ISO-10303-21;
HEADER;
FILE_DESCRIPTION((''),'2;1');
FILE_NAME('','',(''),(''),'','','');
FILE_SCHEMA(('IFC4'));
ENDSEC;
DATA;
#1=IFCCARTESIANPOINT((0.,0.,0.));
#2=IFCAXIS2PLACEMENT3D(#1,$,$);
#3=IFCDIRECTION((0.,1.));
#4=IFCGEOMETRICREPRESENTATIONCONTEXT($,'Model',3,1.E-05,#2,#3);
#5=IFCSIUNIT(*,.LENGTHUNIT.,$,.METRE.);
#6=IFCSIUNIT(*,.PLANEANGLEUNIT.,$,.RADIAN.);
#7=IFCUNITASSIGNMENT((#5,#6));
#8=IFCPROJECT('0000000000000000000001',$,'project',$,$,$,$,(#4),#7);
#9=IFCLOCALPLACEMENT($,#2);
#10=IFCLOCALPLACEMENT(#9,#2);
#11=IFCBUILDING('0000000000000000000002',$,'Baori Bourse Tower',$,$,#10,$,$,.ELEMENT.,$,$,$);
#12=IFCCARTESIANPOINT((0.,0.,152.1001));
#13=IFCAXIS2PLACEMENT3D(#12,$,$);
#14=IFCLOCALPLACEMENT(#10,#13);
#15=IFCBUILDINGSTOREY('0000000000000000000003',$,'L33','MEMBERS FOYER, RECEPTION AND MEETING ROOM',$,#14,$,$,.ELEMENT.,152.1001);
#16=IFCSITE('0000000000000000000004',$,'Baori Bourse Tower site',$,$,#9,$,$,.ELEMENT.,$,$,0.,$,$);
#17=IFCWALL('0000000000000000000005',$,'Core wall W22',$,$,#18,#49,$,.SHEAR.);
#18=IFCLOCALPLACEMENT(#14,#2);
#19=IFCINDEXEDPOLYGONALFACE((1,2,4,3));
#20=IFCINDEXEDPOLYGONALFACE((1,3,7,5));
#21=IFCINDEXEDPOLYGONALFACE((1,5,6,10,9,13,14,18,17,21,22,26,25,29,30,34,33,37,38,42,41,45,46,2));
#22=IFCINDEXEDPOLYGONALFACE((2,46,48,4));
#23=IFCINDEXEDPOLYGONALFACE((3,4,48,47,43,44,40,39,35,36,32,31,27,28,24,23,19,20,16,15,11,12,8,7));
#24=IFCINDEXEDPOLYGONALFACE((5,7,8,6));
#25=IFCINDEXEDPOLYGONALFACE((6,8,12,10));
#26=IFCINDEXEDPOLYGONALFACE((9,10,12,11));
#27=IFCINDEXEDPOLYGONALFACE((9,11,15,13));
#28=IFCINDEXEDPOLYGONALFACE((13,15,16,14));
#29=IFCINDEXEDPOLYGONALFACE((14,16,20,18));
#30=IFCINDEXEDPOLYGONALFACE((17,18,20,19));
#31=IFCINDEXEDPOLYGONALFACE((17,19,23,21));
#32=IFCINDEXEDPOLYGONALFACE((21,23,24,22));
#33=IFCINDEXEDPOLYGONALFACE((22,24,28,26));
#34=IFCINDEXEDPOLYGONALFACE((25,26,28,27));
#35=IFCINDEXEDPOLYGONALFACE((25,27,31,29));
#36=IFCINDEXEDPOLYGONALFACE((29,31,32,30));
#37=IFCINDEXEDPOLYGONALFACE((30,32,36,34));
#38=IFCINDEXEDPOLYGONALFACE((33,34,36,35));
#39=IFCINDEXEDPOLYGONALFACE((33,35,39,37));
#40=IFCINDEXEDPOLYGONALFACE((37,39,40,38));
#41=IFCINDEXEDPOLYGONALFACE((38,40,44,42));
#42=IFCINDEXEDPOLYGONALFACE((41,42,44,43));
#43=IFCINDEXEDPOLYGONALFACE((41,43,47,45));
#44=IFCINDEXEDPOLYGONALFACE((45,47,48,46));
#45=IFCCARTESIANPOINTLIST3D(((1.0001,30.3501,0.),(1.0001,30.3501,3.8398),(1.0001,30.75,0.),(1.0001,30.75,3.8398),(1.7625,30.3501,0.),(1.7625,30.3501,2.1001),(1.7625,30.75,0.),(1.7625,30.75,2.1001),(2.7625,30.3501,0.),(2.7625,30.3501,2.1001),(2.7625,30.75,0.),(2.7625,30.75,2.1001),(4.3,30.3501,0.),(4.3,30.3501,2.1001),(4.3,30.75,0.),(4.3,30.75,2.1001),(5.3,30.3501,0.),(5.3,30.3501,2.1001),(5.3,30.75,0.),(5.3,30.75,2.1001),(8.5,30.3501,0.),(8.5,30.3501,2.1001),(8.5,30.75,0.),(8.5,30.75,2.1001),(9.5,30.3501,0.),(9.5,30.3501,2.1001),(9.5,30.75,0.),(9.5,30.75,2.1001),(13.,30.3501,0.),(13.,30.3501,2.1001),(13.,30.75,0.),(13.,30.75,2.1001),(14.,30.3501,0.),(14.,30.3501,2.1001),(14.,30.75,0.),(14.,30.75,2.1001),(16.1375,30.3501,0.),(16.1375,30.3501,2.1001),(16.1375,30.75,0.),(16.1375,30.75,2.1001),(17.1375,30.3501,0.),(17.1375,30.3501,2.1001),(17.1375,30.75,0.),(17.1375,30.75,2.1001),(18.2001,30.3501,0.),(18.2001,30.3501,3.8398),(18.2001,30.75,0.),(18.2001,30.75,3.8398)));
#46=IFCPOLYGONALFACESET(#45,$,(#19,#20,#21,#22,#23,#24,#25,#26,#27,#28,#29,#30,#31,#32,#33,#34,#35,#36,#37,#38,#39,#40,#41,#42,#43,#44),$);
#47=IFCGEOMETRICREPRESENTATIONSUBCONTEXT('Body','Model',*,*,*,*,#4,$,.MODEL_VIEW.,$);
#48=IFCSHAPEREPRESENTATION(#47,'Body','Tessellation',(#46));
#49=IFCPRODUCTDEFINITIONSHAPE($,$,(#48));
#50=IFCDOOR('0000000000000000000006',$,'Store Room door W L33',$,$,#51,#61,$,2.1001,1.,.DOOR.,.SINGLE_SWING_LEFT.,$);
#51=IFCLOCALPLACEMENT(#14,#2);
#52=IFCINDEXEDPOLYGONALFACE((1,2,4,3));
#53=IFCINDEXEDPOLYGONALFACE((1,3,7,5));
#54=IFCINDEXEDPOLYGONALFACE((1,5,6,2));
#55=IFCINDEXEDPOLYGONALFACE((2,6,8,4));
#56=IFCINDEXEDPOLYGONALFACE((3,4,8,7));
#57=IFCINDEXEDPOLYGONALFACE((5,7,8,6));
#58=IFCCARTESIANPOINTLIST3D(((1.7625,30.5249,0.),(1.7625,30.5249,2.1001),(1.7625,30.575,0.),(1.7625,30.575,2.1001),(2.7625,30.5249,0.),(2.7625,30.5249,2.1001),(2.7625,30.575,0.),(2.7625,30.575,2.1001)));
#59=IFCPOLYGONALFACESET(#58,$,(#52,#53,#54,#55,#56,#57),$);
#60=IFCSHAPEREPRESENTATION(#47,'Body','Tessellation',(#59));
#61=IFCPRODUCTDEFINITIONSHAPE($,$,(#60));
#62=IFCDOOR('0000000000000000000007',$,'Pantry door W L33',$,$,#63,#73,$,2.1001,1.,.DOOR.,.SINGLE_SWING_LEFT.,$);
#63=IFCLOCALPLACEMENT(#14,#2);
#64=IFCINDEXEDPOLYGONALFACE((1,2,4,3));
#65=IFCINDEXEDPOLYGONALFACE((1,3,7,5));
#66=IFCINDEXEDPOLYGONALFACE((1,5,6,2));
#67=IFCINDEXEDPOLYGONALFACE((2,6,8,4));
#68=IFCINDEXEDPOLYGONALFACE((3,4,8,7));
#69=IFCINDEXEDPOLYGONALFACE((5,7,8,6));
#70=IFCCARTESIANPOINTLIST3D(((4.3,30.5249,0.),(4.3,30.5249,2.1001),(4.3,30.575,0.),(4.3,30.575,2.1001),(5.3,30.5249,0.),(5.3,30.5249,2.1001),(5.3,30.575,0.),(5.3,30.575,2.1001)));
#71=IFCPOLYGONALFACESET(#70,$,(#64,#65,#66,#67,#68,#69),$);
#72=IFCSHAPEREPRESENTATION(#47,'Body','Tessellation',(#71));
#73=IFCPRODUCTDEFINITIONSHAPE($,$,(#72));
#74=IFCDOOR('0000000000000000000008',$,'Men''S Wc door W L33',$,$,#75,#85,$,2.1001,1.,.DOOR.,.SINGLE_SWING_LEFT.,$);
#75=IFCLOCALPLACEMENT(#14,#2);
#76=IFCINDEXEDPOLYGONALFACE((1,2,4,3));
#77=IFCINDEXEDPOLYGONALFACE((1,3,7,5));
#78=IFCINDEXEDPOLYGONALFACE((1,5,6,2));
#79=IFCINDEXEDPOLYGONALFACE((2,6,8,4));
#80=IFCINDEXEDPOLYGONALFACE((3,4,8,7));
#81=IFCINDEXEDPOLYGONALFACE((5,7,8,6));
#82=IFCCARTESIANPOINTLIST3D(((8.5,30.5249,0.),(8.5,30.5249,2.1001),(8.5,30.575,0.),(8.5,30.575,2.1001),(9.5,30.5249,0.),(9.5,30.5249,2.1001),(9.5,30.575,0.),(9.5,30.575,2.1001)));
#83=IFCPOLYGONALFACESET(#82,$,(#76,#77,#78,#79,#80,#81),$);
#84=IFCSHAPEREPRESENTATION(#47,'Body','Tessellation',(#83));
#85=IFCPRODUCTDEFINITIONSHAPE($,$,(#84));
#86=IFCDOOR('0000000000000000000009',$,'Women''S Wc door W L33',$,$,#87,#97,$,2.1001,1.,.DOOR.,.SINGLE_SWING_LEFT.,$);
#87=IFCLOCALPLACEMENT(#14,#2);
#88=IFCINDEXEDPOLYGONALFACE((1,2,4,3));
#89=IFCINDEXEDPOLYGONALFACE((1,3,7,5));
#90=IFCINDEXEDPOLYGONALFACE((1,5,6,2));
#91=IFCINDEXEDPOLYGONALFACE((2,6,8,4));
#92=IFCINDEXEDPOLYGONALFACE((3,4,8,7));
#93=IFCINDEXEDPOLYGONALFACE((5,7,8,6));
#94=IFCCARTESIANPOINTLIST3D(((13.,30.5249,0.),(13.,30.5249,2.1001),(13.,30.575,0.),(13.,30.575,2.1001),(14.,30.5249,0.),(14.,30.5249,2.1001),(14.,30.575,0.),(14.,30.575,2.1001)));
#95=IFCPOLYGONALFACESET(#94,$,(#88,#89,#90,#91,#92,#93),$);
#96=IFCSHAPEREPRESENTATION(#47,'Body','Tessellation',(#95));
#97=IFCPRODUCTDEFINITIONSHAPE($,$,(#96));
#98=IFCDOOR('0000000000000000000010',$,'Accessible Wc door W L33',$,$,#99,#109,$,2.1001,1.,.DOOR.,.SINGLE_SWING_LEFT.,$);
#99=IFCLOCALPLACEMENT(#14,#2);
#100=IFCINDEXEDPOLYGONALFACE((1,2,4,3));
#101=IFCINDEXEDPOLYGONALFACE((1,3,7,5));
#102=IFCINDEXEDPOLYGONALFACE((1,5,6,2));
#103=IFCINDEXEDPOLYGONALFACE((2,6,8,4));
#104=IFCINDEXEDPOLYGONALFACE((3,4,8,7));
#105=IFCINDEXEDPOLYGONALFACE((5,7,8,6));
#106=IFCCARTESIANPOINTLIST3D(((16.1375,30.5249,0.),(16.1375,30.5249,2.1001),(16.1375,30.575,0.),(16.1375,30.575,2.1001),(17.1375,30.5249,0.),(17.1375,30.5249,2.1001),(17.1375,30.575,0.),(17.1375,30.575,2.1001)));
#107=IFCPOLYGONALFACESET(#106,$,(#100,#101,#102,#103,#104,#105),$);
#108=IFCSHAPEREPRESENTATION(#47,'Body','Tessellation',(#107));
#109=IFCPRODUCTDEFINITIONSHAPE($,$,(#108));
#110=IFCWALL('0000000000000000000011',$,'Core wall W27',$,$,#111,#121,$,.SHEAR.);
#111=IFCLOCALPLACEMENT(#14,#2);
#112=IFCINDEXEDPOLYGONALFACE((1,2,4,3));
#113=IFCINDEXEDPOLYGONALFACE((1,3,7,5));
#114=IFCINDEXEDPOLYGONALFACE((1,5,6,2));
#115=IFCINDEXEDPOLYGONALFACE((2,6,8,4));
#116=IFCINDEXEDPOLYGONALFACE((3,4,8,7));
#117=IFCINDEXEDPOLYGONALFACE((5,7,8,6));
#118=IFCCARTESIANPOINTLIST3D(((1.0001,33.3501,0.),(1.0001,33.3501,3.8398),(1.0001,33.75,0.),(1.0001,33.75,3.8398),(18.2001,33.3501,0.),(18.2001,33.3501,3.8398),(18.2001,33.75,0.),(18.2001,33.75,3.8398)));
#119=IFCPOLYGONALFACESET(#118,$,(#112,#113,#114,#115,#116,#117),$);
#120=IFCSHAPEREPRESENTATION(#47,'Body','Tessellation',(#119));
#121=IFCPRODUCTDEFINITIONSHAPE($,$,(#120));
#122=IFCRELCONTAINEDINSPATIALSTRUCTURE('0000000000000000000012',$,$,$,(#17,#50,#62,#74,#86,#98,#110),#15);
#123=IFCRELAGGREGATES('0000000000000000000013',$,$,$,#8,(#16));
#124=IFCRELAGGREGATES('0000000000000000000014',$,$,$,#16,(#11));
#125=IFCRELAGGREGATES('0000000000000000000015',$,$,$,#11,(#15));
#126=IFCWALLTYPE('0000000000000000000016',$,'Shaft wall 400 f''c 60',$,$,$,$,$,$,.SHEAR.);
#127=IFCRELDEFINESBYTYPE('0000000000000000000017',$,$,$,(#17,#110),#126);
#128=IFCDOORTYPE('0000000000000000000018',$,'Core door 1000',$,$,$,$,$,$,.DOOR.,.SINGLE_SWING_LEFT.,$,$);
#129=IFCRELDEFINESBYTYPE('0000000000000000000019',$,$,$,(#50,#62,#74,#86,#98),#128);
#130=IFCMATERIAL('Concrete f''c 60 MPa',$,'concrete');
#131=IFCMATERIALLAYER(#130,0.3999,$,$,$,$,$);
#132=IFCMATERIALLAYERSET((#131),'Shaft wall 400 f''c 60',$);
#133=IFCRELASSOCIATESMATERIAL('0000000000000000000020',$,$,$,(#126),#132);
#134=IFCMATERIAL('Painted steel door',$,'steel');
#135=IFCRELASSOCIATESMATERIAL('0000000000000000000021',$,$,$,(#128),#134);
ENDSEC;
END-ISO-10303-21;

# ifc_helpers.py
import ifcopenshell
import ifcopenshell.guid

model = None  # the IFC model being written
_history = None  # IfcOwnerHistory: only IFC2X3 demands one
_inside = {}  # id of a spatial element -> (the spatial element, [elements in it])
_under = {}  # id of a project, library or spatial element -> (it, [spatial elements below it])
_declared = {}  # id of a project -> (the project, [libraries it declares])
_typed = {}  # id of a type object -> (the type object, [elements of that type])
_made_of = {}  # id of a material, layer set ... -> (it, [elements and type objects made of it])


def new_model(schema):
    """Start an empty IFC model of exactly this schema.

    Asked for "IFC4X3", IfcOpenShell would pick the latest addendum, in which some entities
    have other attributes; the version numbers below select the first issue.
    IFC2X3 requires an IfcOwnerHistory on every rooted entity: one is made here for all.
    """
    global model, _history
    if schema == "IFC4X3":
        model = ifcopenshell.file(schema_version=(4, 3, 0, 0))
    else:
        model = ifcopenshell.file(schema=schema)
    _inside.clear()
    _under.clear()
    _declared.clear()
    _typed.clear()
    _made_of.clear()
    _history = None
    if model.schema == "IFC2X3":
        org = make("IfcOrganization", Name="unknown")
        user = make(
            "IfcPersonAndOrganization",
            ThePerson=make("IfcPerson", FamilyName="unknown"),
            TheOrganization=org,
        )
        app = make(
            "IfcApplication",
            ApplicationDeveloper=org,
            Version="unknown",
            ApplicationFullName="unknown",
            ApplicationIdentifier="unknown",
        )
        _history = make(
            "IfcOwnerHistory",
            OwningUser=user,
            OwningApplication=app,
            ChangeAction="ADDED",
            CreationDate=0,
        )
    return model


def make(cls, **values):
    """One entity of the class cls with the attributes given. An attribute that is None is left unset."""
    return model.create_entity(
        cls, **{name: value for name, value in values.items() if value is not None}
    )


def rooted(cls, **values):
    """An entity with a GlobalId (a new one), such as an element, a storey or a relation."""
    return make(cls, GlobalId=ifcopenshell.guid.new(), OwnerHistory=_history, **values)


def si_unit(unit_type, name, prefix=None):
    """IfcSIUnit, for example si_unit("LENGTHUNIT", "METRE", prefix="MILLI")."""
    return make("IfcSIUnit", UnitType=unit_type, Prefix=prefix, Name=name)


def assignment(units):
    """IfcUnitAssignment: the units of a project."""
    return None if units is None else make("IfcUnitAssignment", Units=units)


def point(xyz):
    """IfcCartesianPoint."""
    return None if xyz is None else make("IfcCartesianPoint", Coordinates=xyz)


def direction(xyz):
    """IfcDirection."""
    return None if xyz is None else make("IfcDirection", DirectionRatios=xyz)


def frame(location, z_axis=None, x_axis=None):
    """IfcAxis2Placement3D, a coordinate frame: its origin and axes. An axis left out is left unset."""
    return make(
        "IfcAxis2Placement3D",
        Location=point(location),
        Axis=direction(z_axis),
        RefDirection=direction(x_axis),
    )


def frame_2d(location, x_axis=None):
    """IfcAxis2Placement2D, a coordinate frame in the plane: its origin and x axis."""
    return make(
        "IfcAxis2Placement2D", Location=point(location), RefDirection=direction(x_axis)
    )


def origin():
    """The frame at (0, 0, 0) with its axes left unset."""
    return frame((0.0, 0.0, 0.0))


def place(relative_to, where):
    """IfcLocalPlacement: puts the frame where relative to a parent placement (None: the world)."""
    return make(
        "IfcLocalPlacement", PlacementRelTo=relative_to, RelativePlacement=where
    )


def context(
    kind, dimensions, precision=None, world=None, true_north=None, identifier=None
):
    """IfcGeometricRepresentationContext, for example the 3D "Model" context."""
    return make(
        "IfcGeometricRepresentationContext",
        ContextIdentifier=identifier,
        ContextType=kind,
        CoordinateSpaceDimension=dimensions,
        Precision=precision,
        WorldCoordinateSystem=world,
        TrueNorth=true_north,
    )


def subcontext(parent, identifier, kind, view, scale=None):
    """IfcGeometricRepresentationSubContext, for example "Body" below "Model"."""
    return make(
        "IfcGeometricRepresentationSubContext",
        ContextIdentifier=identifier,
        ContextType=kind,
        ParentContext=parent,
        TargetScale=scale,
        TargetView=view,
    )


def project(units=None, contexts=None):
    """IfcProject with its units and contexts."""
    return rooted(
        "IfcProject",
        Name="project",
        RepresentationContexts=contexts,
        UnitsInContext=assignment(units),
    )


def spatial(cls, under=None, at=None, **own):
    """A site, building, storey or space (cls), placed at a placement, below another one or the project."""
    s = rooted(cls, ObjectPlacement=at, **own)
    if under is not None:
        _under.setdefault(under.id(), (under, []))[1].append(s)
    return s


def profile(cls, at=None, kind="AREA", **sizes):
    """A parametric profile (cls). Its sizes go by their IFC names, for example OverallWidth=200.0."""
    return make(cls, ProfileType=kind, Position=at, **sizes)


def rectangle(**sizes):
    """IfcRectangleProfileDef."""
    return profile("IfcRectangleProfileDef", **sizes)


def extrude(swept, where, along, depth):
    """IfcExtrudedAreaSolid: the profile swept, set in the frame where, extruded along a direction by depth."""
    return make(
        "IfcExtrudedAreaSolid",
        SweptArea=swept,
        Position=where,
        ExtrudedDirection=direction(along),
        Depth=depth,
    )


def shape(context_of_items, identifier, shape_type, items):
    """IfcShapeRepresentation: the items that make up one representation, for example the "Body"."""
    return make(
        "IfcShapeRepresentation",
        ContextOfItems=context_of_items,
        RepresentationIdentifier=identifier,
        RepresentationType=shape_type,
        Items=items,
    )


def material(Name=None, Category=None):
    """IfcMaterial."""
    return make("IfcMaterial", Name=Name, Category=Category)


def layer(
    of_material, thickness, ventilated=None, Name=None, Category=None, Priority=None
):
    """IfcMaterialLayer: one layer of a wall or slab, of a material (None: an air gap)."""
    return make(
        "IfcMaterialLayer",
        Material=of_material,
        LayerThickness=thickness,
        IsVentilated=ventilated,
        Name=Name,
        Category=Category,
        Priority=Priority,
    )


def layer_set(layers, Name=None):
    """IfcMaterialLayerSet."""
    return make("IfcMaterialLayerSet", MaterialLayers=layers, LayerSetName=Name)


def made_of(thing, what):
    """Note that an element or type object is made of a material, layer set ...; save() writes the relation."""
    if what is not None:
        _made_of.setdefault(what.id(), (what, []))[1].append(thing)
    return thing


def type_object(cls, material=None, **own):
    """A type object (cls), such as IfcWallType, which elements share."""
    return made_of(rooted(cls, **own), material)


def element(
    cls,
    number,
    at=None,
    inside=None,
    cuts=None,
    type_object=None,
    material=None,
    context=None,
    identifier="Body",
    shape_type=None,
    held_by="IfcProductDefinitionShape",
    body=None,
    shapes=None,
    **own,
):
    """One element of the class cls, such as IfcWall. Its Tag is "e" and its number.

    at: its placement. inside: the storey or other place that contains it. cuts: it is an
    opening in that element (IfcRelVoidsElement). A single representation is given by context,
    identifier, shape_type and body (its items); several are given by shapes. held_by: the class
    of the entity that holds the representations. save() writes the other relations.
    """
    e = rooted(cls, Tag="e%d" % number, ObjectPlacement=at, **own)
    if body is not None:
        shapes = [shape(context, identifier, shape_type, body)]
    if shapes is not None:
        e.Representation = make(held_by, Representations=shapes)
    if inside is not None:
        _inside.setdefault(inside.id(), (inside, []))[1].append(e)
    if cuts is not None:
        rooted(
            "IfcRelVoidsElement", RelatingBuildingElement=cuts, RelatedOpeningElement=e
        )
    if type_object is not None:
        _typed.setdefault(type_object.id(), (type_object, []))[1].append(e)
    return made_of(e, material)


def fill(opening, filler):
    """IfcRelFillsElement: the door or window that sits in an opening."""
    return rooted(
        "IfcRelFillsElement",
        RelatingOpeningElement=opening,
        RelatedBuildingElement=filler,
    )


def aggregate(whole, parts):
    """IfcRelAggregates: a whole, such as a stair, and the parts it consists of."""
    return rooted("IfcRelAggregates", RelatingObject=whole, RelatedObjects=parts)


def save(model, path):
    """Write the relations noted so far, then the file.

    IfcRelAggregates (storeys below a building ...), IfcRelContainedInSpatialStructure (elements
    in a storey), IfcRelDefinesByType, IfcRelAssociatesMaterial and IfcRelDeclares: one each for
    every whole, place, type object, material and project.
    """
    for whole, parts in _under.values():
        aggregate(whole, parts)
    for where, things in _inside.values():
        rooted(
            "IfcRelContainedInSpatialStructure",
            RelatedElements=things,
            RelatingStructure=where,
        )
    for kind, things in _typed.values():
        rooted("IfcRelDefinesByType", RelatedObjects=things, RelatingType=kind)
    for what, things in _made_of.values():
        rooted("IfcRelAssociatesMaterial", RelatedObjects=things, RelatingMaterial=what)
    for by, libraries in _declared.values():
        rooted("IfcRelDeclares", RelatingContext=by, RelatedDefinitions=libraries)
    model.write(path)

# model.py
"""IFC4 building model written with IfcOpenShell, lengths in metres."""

from ifc_helpers import new_model, si_unit, direction, frame, frame_2d, origin, place, context, subcontext, project, spatial, rectangle, extrude, material, layer, layer_set, type_object, element, fill, save


model = new_model("IFC4")

# Units and contexts
model_context = context("Model", 3, precision=1e-05, world=origin(), true_north=direction((0.0, 1.0)))
body_context = subcontext(model_context, "Body", "Model", "MODEL_VIEW")
ifc_project = project(units=[si_unit("LENGTHUNIT", "METRE"), si_unit("PLANEANGLEUNIT", "RADIAN")], contexts=[model_context])

# Site, building, storey
site_placement = place(None, origin())
site = spatial("IfcSite", under=ifc_project, at=site_placement, Name="Baori Bourse Tower site", CompositionType="ELEMENT", RefElevation=0.0)
building_placement = place(site_placement, origin())
building = spatial("IfcBuilding", under=site, at=building_placement, Name="Baori Bourse Tower", CompositionType="ELEMENT")
storey_placement = place(building_placement, frame((0.0, 0.0, 152.1001)))
storey = spatial("IfcBuildingStorey", under=building, at=storey_placement, Name="L33", Description="MEMBERS FOYER, RECEPTION AND MEETING ROOM", CompositionType="ELEMENT", Elevation=152.1001)

# Wall, openings, doors
ifc_material_1 = material(Name="Concrete f'c 60 MPa", Category="concrete")
ifc_layer_1 = layer(ifc_material_1, 0.3999)
ifc_layer_set_1 = layer_set([ifc_layer_1], Name="Shaft wall 400 f'c 60")
wall_type_1 = type_object("IfcWallType", Name="Shaft wall 400 f'c 60", PredefinedType="SHEAR", material=ifc_layer_set_1)
wall_1_placement = place(storey_placement, frame((1.0, 30.55, 0.0), z_axis=(0.0, 0.0, 1.0), x_axis=(1.0, 0.0, 0.0)))
wall_1 = element("IfcWall", 1, at=wall_1_placement, inside=storey, type_object=wall_type_1, Name="Core wall W22", PredefinedType="SHEAR", context=body_context, shape_type="SweptSolid", body=[
    extrude(rectangle(XDim=17.2, YDim=0.3999, at=frame_2d((8.6001, 0.0))), origin(), (0.0, 0.0, 1.0), 3.8398),
])
opening_1_placement = place(wall_1_placement, frame((0.7625, 0.0, 0.0)))
opening_1 = element("IfcOpeningElement", 2, at=opening_1_placement, cuts=wall_1, PredefinedType="OPENING", context=body_context, shape_type="SweptSolid", body=[
    extrude(rectangle(XDim=1.0, YDim=2.1001, at=frame_2d((0.5, 1.05))), frame((0.0, 0.21, 0.0), z_axis=(0.0, -1.0, 0.0), x_axis=(1.0, 0.0, 0.0)), (0.0, 0.0, 1.0), 0.4199),
])
opening_2_placement = place(wall_1_placement, frame((3.3, 0.0, 0.0)))
opening_2 = element("IfcOpeningElement", 3, at=opening_2_placement, cuts=wall_1, PredefinedType="OPENING", context=body_context, shape_type="SweptSolid", body=[
    extrude(rectangle(XDim=1.0, YDim=2.1001, at=frame_2d((0.5, 1.05))), frame((0.0, 0.21, 0.0), z_axis=(0.0, -1.0, 0.0), x_axis=(1.0, 0.0, 0.0)), (0.0, 0.0, 1.0), 0.4199),
])
opening_3_placement = place(wall_1_placement, frame((7.5, 0.0, 0.0)))
opening_3 = element("IfcOpeningElement", 4, at=opening_3_placement, cuts=wall_1, PredefinedType="OPENING", context=body_context, shape_type="SweptSolid", body=[
    extrude(rectangle(XDim=1.0, YDim=2.1001, at=frame_2d((0.5, 1.05))), frame((0.0, 0.21, 0.0), z_axis=(0.0, -1.0, 0.0), x_axis=(1.0, 0.0, 0.0)), (0.0, 0.0, 1.0), 0.4199),
])
opening_4_placement = place(wall_1_placement, frame((12.0, 0.0, 0.0)))
opening_4 = element("IfcOpeningElement", 5, at=opening_4_placement, cuts=wall_1, PredefinedType="OPENING", context=body_context, shape_type="SweptSolid", body=[
    extrude(rectangle(XDim=1.0, YDim=2.1001, at=frame_2d((0.5, 1.05))), frame((0.0, 0.21, 0.0), z_axis=(0.0, -1.0, 0.0), x_axis=(1.0, 0.0, 0.0)), (0.0, 0.0, 1.0), 0.4199),
])
opening_5_placement = place(wall_1_placement, frame((15.1375, 0.0, 0.0)))
opening_5 = element("IfcOpeningElement", 6, at=opening_5_placement, cuts=wall_1, PredefinedType="OPENING", context=body_context, shape_type="SweptSolid", body=[
    extrude(rectangle(XDim=1.0, YDim=2.1001, at=frame_2d((0.5, 1.05))), frame((0.0, 0.21, 0.0), z_axis=(0.0, -1.0, 0.0), x_axis=(1.0, 0.0, 0.0)), (0.0, 0.0, 1.0), 0.4199),
])
ifc_material_2 = material(Name="Painted steel door", Category="steel")
door_type_1 = type_object("IfcDoorType", Name="Core door 1000", OperationType="SINGLE_SWING_LEFT", PredefinedType="DOOR", material=ifc_material_2)
door_1_placement = place(opening_1_placement, origin())
door_1 = element("IfcDoor", 7, at=door_1_placement, inside=storey, type_object=door_type_1, Name="Store Room door W L33", OperationType="SINGLE_SWING_LEFT", OverallHeight=2.1001, OverallWidth=1.0, PredefinedType="DOOR", context=body_context, shape_type="SweptSolid", body=[
    extrude(rectangle(XDim=1.0, YDim=2.1001, at=frame_2d((0.5, 1.05))), frame((0.0, 0.0249, 0.0), z_axis=(0.0, -1.0, 0.0), x_axis=(1.0, 0.0, 0.0)), (0.0, 0.0, 1.0), 0.05),
])
fill(opening_1, door_1)
door_2_placement = place(opening_2_placement, origin())
door_2 = element("IfcDoor", 8, at=door_2_placement, inside=storey, type_object=door_type_1, Name="Pantry door W L33", OperationType="SINGLE_SWING_LEFT", OverallHeight=2.1001, OverallWidth=1.0, PredefinedType="DOOR", context=body_context, shape_type="SweptSolid", body=[
    extrude(rectangle(XDim=1.0, YDim=2.1001, at=frame_2d((0.5, 1.05))), frame((0.0, 0.0249, 0.0), z_axis=(0.0, -1.0, 0.0), x_axis=(1.0, 0.0, 0.0)), (0.0, 0.0, 1.0), 0.05),
])
fill(opening_2, door_2)
door_3_placement = place(opening_3_placement, origin())
door_3 = element("IfcDoor", 9, at=door_3_placement, inside=storey, type_object=door_type_1, Name="Men'S Wc door W L33", OperationType="SINGLE_SWING_LEFT", OverallHeight=2.1001, OverallWidth=1.0, PredefinedType="DOOR", context=body_context, shape_type="SweptSolid", body=[
    extrude(rectangle(XDim=1.0, YDim=2.1001, at=frame_2d((0.5, 1.05))), frame((0.0, 0.0249, 0.0), z_axis=(0.0, -1.0, 0.0), x_axis=(1.0, 0.0, 0.0)), (0.0, 0.0, 1.0), 0.05),
])
fill(opening_3, door_3)
door_4_placement = place(opening_4_placement, origin())
door_4 = element("IfcDoor", 10, at=door_4_placement, inside=storey, type_object=door_type_1, Name="Women'S Wc door W L33", OperationType="SINGLE_SWING_LEFT", OverallHeight=2.1001, OverallWidth=1.0, PredefinedType="DOOR", context=body_context, shape_type="SweptSolid", body=[
    extrude(rectangle(XDim=1.0, YDim=2.1001, at=frame_2d((0.5, 1.05))), frame((0.0, 0.0249, 0.0), z_axis=(0.0, -1.0, 0.0), x_axis=(1.0, 0.0, 0.0)), (0.0, 0.0, 1.0), 0.05),
])
fill(opening_4, door_4)
door_5_placement = place(opening_5_placement, origin())
door_5 = element("IfcDoor", 11, at=door_5_placement, inside=storey, type_object=door_type_1, Name="Accessible Wc door W L33", OperationType="SINGLE_SWING_LEFT", OverallHeight=2.1001, OverallWidth=1.0, PredefinedType="DOOR", context=body_context, shape_type="SweptSolid", body=[
    extrude(rectangle(XDim=1.0, YDim=2.1001, at=frame_2d((0.5, 1.05))), frame((0.0, 0.0249, 0.0), z_axis=(0.0, -1.0, 0.0), x_axis=(1.0, 0.0, 0.0)), (0.0, 0.0, 1.0), 0.05),
])
fill(opening_5, door_5)

# Wall
wall_2_placement = place(storey_placement, frame((1.0, 33.55, 0.0), z_axis=(0.0, 0.0, 1.0), x_axis=(1.0, 0.0, 0.0)))
element("IfcWall", 12, at=wall_2_placement, inside=storey, type_object=wall_type_1, Name="Core wall W27", PredefinedType="SHEAR", context=body_context, shape_type="SweptSolid", body=[
    extrude(rectangle(XDim=17.2, YDim=0.3999, at=frame_2d((8.6001, 0.0))), origin(), (0.0, 0.0, 1.0), 3.8398),
])

save(model, "model.ifc")
